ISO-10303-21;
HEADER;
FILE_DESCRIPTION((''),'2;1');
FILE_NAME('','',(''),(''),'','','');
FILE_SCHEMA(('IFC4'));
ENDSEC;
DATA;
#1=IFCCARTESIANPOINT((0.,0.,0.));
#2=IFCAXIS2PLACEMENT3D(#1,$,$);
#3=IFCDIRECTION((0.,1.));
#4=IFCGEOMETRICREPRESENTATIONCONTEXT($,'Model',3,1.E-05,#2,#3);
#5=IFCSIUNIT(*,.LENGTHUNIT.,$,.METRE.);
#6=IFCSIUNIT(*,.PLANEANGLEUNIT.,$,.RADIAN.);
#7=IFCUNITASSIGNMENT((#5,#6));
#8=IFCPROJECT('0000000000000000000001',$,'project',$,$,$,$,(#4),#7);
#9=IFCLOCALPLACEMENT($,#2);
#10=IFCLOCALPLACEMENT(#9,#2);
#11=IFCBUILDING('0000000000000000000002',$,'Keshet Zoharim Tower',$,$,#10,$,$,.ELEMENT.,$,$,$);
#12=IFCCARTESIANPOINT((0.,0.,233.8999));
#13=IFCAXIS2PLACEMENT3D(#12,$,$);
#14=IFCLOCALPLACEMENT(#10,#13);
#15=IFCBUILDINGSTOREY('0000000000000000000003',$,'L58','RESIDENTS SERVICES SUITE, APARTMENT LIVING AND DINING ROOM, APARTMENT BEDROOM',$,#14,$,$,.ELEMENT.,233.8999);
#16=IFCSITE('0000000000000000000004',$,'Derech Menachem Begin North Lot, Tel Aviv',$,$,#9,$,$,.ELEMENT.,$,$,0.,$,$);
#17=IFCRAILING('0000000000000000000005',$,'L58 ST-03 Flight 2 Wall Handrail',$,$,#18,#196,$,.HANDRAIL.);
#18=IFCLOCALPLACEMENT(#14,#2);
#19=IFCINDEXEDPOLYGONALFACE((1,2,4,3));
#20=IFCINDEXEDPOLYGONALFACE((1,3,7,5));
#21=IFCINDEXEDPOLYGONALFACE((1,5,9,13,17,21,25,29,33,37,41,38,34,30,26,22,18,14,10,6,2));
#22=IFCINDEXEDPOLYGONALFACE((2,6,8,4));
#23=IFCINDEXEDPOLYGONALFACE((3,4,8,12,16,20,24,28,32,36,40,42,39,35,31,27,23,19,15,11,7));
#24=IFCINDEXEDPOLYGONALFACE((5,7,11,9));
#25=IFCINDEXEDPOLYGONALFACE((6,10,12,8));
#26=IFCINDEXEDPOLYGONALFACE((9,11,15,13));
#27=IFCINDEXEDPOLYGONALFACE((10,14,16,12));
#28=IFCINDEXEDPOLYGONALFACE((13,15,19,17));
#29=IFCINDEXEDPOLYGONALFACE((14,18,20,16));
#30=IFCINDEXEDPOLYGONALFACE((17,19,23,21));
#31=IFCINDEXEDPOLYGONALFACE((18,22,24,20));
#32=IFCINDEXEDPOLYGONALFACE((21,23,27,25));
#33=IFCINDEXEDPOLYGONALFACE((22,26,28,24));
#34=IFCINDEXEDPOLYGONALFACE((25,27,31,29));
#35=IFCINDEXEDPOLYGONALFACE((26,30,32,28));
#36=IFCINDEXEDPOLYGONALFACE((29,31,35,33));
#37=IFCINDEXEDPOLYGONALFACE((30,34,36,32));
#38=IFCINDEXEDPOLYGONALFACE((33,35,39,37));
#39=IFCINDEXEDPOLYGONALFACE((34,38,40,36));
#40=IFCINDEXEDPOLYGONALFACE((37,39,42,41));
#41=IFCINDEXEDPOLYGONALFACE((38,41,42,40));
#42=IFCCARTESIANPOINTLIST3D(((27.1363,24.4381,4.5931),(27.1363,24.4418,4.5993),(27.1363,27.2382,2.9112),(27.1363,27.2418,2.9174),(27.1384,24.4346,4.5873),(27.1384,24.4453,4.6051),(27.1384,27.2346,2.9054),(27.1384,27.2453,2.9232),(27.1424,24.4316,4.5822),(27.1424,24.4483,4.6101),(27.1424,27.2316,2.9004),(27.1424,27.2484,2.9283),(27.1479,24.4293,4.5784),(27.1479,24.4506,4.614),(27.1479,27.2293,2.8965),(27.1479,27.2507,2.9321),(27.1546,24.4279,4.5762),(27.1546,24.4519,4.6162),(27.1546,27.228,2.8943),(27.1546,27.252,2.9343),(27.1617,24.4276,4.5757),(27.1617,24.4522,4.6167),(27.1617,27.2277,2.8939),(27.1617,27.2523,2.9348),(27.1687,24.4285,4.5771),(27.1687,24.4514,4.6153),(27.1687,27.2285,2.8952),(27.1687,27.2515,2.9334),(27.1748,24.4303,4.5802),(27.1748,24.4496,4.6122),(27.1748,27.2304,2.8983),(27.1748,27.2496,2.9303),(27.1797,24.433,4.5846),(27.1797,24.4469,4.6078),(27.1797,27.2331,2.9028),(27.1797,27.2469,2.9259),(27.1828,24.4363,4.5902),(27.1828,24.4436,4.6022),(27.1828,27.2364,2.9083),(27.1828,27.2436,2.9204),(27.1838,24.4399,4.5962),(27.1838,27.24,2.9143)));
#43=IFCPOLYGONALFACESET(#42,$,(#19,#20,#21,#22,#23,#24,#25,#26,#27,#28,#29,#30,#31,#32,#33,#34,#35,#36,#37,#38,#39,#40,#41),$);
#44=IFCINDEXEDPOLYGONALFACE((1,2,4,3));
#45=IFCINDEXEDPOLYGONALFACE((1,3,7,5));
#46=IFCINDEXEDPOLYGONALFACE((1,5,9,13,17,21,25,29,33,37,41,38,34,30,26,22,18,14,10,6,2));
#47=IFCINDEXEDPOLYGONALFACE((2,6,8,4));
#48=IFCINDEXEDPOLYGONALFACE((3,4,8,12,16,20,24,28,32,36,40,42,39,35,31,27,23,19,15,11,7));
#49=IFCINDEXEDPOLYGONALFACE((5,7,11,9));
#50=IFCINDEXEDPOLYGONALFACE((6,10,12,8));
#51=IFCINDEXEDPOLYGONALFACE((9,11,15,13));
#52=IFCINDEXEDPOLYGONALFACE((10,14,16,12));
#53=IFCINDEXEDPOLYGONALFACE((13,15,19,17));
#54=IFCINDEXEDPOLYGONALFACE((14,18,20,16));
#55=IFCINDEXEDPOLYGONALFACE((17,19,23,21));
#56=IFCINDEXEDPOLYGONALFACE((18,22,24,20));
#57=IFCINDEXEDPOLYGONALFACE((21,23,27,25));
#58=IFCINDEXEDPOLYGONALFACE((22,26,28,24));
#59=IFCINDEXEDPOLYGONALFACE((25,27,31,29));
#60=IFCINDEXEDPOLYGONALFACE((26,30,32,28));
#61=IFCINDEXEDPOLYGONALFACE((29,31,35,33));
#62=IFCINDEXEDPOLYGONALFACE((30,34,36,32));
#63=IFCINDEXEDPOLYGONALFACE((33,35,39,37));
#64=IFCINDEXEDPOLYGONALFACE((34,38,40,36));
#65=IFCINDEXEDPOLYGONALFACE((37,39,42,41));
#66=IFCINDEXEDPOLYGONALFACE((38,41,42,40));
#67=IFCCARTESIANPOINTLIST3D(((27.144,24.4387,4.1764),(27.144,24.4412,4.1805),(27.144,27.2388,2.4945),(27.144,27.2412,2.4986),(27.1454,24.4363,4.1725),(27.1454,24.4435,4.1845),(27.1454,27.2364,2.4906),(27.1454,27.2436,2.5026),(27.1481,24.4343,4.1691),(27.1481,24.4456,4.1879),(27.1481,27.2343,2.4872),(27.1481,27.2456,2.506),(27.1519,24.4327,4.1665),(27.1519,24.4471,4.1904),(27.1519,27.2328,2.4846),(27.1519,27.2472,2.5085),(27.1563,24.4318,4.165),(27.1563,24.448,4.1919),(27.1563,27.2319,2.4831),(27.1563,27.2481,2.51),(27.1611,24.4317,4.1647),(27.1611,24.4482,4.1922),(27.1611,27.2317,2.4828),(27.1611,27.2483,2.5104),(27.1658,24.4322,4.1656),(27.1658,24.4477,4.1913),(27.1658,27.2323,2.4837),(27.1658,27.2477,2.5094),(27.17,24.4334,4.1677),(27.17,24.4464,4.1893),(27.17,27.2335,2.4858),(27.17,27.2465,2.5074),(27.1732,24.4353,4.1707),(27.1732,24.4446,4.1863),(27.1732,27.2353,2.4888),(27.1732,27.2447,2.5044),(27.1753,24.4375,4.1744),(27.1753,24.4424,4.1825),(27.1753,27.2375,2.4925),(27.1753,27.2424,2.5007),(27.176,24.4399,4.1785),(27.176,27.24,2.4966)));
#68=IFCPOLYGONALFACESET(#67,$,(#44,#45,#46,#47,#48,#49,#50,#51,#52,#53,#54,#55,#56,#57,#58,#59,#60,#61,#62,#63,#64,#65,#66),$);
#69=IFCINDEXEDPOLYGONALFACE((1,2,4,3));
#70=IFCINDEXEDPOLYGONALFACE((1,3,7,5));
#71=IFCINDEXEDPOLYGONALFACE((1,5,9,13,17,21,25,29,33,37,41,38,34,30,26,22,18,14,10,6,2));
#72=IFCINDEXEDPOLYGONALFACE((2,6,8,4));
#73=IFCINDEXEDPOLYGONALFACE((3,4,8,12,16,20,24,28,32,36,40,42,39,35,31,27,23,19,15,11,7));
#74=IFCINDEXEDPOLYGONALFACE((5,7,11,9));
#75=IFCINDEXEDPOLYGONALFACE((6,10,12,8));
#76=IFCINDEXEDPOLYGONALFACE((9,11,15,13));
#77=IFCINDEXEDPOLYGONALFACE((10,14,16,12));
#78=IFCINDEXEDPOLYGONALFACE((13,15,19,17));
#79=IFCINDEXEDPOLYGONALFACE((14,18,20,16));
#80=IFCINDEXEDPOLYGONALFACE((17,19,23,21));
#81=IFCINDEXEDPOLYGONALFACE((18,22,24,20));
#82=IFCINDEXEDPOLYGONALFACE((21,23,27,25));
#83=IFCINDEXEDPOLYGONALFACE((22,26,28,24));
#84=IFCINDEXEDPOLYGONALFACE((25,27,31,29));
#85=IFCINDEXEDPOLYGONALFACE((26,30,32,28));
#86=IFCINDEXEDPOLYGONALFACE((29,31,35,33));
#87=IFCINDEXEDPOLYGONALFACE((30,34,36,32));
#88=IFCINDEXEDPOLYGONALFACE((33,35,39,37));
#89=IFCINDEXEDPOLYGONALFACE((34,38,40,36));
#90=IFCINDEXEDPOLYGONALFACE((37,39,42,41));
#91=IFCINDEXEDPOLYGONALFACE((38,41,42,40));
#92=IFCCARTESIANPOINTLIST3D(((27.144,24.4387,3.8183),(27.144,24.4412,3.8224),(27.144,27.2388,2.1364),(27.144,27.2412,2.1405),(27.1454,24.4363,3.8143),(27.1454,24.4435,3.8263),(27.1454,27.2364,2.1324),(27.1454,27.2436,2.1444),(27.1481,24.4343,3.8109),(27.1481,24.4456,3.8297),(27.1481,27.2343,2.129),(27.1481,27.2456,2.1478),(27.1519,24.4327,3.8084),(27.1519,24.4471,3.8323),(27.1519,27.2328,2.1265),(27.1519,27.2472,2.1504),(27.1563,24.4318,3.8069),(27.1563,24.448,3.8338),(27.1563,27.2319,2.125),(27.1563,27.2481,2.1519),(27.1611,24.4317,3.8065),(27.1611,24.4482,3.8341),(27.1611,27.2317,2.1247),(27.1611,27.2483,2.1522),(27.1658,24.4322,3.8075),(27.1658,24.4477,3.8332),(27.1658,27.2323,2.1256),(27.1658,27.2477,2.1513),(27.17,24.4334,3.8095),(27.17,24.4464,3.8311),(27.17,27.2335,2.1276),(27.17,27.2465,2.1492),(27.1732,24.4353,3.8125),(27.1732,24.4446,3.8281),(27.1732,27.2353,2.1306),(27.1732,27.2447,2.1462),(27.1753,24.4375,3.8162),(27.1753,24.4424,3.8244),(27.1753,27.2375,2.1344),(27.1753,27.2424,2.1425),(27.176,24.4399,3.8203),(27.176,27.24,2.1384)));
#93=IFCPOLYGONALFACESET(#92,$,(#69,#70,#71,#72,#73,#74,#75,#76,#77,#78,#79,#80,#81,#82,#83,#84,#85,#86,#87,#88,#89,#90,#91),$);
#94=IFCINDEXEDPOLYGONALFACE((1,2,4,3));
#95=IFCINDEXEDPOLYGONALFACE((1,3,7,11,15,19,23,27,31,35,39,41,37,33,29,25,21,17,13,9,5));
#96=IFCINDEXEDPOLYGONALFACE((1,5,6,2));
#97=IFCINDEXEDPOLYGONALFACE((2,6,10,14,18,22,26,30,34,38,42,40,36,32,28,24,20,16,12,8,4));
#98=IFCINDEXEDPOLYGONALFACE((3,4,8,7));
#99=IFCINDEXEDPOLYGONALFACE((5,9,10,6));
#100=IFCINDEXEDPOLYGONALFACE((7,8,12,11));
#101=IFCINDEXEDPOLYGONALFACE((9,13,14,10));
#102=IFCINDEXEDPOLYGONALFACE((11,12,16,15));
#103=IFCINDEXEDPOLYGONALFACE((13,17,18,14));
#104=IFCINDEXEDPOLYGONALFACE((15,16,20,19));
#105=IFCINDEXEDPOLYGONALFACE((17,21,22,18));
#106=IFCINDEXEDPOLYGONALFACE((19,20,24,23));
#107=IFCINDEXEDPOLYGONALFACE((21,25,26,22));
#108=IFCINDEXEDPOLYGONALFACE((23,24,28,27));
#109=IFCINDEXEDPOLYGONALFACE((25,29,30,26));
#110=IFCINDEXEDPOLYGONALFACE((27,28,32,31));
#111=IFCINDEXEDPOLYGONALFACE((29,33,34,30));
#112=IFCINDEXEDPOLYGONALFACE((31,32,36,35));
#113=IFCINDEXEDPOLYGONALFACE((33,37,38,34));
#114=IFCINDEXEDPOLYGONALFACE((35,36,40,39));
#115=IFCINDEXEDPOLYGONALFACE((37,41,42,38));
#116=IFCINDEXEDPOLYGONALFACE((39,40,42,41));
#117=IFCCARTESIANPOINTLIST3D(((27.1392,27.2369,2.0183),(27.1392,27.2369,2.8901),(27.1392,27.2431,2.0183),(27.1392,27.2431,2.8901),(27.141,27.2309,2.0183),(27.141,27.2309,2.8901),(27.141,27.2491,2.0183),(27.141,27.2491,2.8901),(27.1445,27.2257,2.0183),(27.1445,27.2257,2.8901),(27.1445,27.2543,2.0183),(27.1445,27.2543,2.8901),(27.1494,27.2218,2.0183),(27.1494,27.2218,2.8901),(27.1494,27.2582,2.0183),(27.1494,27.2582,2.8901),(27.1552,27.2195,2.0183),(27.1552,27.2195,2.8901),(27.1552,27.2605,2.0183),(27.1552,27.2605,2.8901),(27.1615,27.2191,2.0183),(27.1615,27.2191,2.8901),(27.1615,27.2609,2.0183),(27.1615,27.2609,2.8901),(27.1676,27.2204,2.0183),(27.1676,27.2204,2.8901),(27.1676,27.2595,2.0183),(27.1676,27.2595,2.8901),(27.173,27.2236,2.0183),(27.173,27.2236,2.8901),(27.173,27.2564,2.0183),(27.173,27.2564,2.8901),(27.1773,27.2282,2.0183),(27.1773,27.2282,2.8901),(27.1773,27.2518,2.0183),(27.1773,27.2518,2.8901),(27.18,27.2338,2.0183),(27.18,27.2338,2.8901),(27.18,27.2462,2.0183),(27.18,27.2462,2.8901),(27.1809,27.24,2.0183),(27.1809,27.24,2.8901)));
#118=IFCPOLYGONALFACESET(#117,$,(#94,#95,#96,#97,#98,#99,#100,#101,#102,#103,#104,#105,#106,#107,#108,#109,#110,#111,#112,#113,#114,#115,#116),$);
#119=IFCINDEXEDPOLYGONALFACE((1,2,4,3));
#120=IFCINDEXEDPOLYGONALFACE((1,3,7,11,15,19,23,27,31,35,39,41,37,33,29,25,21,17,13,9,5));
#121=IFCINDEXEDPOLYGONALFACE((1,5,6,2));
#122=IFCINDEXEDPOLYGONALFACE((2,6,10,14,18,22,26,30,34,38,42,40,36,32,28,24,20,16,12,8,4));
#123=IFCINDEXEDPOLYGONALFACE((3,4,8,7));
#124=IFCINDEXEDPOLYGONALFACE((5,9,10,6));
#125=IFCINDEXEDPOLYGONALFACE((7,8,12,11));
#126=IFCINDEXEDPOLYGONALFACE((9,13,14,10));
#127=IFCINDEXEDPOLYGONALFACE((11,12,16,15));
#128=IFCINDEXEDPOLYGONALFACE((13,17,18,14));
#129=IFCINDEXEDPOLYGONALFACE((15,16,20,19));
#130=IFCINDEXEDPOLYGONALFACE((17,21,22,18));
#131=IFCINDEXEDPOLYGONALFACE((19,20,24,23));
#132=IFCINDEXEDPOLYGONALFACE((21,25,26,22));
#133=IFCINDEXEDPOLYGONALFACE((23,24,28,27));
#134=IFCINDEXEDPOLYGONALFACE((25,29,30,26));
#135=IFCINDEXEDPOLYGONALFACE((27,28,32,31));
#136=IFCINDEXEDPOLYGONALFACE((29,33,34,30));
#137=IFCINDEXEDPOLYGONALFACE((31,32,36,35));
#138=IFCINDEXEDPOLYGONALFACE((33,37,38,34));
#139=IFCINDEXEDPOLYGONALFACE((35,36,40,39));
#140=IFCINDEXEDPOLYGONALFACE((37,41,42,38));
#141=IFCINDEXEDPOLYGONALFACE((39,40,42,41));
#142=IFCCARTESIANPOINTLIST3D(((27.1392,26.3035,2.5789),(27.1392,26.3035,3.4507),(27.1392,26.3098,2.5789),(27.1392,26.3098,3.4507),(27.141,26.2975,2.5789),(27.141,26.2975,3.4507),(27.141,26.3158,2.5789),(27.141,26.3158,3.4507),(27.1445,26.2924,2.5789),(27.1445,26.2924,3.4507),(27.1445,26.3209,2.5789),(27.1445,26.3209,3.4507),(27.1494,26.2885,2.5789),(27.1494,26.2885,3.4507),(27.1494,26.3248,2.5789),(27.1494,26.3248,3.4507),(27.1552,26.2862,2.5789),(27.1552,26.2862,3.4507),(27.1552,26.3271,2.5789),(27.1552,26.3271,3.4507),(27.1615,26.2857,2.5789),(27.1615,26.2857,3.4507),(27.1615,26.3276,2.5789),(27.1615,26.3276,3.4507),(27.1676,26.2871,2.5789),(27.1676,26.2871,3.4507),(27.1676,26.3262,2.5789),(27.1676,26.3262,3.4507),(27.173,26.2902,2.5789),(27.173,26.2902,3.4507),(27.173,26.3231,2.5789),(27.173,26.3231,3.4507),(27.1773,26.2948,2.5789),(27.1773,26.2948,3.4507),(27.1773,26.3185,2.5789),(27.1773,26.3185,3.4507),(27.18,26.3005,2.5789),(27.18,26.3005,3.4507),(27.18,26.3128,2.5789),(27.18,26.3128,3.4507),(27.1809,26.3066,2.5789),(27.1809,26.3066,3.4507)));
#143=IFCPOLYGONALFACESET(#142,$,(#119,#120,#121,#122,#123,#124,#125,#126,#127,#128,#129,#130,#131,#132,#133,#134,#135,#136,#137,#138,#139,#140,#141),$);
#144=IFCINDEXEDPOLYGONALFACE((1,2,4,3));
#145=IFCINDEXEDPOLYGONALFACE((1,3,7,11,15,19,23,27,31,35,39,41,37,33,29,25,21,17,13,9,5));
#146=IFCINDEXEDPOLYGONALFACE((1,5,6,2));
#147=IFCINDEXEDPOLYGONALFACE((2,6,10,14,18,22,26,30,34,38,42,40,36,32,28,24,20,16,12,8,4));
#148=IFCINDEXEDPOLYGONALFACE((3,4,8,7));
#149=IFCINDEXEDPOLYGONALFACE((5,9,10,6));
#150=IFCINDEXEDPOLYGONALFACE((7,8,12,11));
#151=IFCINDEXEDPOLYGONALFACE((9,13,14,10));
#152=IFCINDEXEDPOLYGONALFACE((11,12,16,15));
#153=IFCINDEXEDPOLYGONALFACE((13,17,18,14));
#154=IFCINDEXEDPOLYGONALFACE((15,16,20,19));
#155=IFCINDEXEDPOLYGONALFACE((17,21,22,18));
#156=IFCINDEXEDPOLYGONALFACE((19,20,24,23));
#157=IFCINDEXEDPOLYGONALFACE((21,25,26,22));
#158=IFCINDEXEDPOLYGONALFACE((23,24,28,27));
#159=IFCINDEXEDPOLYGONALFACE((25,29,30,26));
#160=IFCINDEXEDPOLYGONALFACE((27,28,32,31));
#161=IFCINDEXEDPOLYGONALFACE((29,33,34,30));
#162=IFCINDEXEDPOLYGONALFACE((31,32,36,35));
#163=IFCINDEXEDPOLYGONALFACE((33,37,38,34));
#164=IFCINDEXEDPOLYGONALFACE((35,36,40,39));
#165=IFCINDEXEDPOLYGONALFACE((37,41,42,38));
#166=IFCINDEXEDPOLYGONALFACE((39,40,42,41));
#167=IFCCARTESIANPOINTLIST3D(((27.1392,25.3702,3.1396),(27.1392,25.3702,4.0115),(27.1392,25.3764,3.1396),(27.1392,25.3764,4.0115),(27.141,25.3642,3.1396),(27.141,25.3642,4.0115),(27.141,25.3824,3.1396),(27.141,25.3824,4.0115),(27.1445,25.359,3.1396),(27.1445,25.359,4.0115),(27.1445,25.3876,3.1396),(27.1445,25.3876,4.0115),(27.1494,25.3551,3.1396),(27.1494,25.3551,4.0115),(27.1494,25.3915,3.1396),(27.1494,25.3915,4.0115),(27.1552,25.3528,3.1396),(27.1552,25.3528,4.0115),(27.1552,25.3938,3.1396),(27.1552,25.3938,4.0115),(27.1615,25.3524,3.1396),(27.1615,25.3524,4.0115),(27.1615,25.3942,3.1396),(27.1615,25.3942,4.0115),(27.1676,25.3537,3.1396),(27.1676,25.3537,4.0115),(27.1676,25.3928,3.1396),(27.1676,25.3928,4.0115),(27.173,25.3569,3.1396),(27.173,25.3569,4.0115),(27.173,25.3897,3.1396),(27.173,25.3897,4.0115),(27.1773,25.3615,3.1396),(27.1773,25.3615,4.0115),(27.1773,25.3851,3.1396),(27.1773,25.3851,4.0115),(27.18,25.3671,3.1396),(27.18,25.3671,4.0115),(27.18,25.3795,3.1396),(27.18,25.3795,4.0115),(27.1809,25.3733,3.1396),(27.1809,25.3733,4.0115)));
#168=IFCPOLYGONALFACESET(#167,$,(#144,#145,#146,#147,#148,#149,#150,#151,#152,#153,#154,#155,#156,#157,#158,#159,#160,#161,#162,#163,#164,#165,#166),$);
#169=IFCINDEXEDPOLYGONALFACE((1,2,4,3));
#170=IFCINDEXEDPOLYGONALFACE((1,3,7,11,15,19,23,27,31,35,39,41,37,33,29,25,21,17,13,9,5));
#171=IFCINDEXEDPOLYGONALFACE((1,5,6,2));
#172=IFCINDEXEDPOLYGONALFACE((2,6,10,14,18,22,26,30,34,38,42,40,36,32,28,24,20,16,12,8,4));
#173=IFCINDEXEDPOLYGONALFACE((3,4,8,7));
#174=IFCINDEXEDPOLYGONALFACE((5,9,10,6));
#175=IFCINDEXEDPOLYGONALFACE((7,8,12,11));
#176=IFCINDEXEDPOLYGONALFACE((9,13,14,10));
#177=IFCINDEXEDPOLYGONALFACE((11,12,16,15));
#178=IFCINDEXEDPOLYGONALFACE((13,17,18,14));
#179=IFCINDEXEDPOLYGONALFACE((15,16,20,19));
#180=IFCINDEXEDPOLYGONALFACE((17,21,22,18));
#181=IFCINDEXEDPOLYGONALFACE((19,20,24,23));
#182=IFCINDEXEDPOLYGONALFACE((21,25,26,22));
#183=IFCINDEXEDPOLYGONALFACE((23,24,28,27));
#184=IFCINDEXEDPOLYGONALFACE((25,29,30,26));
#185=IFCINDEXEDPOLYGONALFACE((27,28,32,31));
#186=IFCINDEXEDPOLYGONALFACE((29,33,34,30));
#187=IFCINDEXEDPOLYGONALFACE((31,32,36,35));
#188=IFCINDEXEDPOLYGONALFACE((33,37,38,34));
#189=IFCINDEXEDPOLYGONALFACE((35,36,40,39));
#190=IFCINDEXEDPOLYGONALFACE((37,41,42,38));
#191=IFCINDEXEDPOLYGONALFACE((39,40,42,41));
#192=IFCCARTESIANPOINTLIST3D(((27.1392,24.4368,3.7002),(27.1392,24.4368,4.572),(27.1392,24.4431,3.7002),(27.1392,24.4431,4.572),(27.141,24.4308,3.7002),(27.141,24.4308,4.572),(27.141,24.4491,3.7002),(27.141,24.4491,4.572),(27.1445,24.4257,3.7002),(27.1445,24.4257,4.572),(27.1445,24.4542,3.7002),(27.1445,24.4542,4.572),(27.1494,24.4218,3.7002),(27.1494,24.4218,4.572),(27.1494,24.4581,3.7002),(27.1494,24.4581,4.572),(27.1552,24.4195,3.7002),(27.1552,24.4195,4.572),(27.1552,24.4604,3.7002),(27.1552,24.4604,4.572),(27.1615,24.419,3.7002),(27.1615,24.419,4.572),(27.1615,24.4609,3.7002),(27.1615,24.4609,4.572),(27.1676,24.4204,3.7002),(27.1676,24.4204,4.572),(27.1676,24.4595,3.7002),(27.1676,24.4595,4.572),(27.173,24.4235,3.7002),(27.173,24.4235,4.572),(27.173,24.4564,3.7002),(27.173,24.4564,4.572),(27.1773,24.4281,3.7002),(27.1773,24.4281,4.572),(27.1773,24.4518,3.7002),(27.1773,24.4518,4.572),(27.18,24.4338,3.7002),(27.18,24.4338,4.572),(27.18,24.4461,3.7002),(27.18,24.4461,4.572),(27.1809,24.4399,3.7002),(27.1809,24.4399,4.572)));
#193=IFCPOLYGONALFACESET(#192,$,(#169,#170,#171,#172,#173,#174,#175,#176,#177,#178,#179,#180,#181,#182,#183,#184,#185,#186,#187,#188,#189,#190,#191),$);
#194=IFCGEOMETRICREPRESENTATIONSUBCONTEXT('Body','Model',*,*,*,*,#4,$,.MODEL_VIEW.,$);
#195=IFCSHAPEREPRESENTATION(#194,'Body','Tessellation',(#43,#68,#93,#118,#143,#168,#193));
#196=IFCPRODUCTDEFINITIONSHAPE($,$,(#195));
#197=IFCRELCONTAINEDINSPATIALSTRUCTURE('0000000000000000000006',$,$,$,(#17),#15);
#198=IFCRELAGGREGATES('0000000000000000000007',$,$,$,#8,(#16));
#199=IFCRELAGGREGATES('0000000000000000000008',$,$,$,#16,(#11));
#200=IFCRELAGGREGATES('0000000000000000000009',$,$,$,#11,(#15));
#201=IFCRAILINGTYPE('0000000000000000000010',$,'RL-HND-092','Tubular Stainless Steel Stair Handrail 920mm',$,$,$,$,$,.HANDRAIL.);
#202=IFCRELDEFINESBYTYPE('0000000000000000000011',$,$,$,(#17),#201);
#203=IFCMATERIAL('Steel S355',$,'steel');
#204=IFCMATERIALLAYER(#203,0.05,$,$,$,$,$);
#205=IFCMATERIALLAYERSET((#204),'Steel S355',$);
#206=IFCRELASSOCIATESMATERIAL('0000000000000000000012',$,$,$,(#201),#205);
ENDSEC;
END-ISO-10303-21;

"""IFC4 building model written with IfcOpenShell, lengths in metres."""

from ifc_helpers import new_model, si_unit, direction, frame, origin, origin_2d, place, context, subcontext, project, spatial, circle, extrude, material, layer, layer_set, type_object, element, save


model = new_model("IFC4")

# Units and contexts
model_context = context("Model", 3, precision=1e-05, world=origin(), true_north=direction((0.0, 1.0)))
body_context = subcontext(model_context, "Body", "Model", "MODEL_VIEW")
ifc_project = project(units=[si_unit("LENGTHUNIT", "METRE"), si_unit("PLANEANGLEUNIT", "RADIAN")], contexts=[model_context])

# Site, building, storey
site_placement = place(None, origin())
site = spatial("IfcSite", under=ifc_project, at=site_placement, Name="Derech Menachem Begin North Lot, Tel Aviv", CompositionType="ELEMENT", RefElevation=0.0)
building_placement = place(site_placement, origin())
building = spatial("IfcBuilding", under=site, at=building_placement, Name="Keshet Zoharim Tower", CompositionType="ELEMENT")
storey_placement = place(building_placement, frame((0.0, 0.0, 233.8999)))
storey = spatial("IfcBuildingStorey", under=building, at=storey_placement, Name="L58", Description="RESIDENTS SERVICES SUITE, APARTMENT LIVING AND DINING ROOM, APARTMENT BEDROOM", CompositionType="ELEMENT", Elevation=233.8999)

# Shared definitions
ifc_material_1 = material(Name="Steel S355", Category="steel")

# Railing
ifc_layer_1 = layer(ifc_material_1, 0.05)
ifc_layer_set_1 = layer_set([ifc_layer_1], Name="Steel S355")
railing_type = type_object("IfcRailingType", Name="RL-HND-092", Description="Tubular Stainless Steel Stair Handrail 920mm", PredefinedType="HANDRAIL", material=ifc_layer_set_1)
railing_placement = place(storey_placement, frame((27.1599, 27.24, 2.0183)))
element("IfcRailing", 1, at=railing_placement, inside=storey, type_object=railing_type, Name="L58 ST-03 Flight 2 Wall Handrail", PredefinedType="HANDRAIL", context=body_context, shape_type="SweptSolid", body=[
    extrude(circle(Radius=0.0239, at=origin_2d()), frame((0.0, 0.0, 0.896), z_axis=(0.0, -0.857242, 0.514913), x_axis=(1.0, 0.0, 0.0)), (0.0, 0.0, 1.0), 3.2664),
    extrude(circle(Radius=0.0161, at=origin_2d()), frame((0.0, 0.0, 0.4783), z_axis=(0.0, -0.857242, 0.514913), x_axis=(1.0, 0.0, 0.0)), (0.0, 0.0, 1.0), 3.2664),
    extrude(circle(Radius=0.0161, at=origin_2d()), frame((0.0, 0.0, 0.1201), z_axis=(0.0, -0.857242, 0.514913), x_axis=(1.0, 0.0, 0.0)), (0.0, 0.0, 1.0), 3.2664),
    extrude(circle(Radius=0.021, at=origin_2d()), origin(), (0.0, 0.0, 1.0), 0.8718),
    extrude(circle(Radius=0.021, at=origin_2d()), frame((0.0, -0.9333, 0.5605)), (0.0, 0.0, 1.0), 0.8718),
    extrude(circle(Radius=0.021, at=origin_2d()), frame((0.0, -1.8667, 1.1213)), (0.0, 0.0, 1.0), 0.8718),
    extrude(circle(Radius=0.021, at=origin_2d()), frame((0.0, -2.8, 1.6819)), (0.0, 0.0, 1.0), 0.8718),
])

save(model, "model.ifc")
